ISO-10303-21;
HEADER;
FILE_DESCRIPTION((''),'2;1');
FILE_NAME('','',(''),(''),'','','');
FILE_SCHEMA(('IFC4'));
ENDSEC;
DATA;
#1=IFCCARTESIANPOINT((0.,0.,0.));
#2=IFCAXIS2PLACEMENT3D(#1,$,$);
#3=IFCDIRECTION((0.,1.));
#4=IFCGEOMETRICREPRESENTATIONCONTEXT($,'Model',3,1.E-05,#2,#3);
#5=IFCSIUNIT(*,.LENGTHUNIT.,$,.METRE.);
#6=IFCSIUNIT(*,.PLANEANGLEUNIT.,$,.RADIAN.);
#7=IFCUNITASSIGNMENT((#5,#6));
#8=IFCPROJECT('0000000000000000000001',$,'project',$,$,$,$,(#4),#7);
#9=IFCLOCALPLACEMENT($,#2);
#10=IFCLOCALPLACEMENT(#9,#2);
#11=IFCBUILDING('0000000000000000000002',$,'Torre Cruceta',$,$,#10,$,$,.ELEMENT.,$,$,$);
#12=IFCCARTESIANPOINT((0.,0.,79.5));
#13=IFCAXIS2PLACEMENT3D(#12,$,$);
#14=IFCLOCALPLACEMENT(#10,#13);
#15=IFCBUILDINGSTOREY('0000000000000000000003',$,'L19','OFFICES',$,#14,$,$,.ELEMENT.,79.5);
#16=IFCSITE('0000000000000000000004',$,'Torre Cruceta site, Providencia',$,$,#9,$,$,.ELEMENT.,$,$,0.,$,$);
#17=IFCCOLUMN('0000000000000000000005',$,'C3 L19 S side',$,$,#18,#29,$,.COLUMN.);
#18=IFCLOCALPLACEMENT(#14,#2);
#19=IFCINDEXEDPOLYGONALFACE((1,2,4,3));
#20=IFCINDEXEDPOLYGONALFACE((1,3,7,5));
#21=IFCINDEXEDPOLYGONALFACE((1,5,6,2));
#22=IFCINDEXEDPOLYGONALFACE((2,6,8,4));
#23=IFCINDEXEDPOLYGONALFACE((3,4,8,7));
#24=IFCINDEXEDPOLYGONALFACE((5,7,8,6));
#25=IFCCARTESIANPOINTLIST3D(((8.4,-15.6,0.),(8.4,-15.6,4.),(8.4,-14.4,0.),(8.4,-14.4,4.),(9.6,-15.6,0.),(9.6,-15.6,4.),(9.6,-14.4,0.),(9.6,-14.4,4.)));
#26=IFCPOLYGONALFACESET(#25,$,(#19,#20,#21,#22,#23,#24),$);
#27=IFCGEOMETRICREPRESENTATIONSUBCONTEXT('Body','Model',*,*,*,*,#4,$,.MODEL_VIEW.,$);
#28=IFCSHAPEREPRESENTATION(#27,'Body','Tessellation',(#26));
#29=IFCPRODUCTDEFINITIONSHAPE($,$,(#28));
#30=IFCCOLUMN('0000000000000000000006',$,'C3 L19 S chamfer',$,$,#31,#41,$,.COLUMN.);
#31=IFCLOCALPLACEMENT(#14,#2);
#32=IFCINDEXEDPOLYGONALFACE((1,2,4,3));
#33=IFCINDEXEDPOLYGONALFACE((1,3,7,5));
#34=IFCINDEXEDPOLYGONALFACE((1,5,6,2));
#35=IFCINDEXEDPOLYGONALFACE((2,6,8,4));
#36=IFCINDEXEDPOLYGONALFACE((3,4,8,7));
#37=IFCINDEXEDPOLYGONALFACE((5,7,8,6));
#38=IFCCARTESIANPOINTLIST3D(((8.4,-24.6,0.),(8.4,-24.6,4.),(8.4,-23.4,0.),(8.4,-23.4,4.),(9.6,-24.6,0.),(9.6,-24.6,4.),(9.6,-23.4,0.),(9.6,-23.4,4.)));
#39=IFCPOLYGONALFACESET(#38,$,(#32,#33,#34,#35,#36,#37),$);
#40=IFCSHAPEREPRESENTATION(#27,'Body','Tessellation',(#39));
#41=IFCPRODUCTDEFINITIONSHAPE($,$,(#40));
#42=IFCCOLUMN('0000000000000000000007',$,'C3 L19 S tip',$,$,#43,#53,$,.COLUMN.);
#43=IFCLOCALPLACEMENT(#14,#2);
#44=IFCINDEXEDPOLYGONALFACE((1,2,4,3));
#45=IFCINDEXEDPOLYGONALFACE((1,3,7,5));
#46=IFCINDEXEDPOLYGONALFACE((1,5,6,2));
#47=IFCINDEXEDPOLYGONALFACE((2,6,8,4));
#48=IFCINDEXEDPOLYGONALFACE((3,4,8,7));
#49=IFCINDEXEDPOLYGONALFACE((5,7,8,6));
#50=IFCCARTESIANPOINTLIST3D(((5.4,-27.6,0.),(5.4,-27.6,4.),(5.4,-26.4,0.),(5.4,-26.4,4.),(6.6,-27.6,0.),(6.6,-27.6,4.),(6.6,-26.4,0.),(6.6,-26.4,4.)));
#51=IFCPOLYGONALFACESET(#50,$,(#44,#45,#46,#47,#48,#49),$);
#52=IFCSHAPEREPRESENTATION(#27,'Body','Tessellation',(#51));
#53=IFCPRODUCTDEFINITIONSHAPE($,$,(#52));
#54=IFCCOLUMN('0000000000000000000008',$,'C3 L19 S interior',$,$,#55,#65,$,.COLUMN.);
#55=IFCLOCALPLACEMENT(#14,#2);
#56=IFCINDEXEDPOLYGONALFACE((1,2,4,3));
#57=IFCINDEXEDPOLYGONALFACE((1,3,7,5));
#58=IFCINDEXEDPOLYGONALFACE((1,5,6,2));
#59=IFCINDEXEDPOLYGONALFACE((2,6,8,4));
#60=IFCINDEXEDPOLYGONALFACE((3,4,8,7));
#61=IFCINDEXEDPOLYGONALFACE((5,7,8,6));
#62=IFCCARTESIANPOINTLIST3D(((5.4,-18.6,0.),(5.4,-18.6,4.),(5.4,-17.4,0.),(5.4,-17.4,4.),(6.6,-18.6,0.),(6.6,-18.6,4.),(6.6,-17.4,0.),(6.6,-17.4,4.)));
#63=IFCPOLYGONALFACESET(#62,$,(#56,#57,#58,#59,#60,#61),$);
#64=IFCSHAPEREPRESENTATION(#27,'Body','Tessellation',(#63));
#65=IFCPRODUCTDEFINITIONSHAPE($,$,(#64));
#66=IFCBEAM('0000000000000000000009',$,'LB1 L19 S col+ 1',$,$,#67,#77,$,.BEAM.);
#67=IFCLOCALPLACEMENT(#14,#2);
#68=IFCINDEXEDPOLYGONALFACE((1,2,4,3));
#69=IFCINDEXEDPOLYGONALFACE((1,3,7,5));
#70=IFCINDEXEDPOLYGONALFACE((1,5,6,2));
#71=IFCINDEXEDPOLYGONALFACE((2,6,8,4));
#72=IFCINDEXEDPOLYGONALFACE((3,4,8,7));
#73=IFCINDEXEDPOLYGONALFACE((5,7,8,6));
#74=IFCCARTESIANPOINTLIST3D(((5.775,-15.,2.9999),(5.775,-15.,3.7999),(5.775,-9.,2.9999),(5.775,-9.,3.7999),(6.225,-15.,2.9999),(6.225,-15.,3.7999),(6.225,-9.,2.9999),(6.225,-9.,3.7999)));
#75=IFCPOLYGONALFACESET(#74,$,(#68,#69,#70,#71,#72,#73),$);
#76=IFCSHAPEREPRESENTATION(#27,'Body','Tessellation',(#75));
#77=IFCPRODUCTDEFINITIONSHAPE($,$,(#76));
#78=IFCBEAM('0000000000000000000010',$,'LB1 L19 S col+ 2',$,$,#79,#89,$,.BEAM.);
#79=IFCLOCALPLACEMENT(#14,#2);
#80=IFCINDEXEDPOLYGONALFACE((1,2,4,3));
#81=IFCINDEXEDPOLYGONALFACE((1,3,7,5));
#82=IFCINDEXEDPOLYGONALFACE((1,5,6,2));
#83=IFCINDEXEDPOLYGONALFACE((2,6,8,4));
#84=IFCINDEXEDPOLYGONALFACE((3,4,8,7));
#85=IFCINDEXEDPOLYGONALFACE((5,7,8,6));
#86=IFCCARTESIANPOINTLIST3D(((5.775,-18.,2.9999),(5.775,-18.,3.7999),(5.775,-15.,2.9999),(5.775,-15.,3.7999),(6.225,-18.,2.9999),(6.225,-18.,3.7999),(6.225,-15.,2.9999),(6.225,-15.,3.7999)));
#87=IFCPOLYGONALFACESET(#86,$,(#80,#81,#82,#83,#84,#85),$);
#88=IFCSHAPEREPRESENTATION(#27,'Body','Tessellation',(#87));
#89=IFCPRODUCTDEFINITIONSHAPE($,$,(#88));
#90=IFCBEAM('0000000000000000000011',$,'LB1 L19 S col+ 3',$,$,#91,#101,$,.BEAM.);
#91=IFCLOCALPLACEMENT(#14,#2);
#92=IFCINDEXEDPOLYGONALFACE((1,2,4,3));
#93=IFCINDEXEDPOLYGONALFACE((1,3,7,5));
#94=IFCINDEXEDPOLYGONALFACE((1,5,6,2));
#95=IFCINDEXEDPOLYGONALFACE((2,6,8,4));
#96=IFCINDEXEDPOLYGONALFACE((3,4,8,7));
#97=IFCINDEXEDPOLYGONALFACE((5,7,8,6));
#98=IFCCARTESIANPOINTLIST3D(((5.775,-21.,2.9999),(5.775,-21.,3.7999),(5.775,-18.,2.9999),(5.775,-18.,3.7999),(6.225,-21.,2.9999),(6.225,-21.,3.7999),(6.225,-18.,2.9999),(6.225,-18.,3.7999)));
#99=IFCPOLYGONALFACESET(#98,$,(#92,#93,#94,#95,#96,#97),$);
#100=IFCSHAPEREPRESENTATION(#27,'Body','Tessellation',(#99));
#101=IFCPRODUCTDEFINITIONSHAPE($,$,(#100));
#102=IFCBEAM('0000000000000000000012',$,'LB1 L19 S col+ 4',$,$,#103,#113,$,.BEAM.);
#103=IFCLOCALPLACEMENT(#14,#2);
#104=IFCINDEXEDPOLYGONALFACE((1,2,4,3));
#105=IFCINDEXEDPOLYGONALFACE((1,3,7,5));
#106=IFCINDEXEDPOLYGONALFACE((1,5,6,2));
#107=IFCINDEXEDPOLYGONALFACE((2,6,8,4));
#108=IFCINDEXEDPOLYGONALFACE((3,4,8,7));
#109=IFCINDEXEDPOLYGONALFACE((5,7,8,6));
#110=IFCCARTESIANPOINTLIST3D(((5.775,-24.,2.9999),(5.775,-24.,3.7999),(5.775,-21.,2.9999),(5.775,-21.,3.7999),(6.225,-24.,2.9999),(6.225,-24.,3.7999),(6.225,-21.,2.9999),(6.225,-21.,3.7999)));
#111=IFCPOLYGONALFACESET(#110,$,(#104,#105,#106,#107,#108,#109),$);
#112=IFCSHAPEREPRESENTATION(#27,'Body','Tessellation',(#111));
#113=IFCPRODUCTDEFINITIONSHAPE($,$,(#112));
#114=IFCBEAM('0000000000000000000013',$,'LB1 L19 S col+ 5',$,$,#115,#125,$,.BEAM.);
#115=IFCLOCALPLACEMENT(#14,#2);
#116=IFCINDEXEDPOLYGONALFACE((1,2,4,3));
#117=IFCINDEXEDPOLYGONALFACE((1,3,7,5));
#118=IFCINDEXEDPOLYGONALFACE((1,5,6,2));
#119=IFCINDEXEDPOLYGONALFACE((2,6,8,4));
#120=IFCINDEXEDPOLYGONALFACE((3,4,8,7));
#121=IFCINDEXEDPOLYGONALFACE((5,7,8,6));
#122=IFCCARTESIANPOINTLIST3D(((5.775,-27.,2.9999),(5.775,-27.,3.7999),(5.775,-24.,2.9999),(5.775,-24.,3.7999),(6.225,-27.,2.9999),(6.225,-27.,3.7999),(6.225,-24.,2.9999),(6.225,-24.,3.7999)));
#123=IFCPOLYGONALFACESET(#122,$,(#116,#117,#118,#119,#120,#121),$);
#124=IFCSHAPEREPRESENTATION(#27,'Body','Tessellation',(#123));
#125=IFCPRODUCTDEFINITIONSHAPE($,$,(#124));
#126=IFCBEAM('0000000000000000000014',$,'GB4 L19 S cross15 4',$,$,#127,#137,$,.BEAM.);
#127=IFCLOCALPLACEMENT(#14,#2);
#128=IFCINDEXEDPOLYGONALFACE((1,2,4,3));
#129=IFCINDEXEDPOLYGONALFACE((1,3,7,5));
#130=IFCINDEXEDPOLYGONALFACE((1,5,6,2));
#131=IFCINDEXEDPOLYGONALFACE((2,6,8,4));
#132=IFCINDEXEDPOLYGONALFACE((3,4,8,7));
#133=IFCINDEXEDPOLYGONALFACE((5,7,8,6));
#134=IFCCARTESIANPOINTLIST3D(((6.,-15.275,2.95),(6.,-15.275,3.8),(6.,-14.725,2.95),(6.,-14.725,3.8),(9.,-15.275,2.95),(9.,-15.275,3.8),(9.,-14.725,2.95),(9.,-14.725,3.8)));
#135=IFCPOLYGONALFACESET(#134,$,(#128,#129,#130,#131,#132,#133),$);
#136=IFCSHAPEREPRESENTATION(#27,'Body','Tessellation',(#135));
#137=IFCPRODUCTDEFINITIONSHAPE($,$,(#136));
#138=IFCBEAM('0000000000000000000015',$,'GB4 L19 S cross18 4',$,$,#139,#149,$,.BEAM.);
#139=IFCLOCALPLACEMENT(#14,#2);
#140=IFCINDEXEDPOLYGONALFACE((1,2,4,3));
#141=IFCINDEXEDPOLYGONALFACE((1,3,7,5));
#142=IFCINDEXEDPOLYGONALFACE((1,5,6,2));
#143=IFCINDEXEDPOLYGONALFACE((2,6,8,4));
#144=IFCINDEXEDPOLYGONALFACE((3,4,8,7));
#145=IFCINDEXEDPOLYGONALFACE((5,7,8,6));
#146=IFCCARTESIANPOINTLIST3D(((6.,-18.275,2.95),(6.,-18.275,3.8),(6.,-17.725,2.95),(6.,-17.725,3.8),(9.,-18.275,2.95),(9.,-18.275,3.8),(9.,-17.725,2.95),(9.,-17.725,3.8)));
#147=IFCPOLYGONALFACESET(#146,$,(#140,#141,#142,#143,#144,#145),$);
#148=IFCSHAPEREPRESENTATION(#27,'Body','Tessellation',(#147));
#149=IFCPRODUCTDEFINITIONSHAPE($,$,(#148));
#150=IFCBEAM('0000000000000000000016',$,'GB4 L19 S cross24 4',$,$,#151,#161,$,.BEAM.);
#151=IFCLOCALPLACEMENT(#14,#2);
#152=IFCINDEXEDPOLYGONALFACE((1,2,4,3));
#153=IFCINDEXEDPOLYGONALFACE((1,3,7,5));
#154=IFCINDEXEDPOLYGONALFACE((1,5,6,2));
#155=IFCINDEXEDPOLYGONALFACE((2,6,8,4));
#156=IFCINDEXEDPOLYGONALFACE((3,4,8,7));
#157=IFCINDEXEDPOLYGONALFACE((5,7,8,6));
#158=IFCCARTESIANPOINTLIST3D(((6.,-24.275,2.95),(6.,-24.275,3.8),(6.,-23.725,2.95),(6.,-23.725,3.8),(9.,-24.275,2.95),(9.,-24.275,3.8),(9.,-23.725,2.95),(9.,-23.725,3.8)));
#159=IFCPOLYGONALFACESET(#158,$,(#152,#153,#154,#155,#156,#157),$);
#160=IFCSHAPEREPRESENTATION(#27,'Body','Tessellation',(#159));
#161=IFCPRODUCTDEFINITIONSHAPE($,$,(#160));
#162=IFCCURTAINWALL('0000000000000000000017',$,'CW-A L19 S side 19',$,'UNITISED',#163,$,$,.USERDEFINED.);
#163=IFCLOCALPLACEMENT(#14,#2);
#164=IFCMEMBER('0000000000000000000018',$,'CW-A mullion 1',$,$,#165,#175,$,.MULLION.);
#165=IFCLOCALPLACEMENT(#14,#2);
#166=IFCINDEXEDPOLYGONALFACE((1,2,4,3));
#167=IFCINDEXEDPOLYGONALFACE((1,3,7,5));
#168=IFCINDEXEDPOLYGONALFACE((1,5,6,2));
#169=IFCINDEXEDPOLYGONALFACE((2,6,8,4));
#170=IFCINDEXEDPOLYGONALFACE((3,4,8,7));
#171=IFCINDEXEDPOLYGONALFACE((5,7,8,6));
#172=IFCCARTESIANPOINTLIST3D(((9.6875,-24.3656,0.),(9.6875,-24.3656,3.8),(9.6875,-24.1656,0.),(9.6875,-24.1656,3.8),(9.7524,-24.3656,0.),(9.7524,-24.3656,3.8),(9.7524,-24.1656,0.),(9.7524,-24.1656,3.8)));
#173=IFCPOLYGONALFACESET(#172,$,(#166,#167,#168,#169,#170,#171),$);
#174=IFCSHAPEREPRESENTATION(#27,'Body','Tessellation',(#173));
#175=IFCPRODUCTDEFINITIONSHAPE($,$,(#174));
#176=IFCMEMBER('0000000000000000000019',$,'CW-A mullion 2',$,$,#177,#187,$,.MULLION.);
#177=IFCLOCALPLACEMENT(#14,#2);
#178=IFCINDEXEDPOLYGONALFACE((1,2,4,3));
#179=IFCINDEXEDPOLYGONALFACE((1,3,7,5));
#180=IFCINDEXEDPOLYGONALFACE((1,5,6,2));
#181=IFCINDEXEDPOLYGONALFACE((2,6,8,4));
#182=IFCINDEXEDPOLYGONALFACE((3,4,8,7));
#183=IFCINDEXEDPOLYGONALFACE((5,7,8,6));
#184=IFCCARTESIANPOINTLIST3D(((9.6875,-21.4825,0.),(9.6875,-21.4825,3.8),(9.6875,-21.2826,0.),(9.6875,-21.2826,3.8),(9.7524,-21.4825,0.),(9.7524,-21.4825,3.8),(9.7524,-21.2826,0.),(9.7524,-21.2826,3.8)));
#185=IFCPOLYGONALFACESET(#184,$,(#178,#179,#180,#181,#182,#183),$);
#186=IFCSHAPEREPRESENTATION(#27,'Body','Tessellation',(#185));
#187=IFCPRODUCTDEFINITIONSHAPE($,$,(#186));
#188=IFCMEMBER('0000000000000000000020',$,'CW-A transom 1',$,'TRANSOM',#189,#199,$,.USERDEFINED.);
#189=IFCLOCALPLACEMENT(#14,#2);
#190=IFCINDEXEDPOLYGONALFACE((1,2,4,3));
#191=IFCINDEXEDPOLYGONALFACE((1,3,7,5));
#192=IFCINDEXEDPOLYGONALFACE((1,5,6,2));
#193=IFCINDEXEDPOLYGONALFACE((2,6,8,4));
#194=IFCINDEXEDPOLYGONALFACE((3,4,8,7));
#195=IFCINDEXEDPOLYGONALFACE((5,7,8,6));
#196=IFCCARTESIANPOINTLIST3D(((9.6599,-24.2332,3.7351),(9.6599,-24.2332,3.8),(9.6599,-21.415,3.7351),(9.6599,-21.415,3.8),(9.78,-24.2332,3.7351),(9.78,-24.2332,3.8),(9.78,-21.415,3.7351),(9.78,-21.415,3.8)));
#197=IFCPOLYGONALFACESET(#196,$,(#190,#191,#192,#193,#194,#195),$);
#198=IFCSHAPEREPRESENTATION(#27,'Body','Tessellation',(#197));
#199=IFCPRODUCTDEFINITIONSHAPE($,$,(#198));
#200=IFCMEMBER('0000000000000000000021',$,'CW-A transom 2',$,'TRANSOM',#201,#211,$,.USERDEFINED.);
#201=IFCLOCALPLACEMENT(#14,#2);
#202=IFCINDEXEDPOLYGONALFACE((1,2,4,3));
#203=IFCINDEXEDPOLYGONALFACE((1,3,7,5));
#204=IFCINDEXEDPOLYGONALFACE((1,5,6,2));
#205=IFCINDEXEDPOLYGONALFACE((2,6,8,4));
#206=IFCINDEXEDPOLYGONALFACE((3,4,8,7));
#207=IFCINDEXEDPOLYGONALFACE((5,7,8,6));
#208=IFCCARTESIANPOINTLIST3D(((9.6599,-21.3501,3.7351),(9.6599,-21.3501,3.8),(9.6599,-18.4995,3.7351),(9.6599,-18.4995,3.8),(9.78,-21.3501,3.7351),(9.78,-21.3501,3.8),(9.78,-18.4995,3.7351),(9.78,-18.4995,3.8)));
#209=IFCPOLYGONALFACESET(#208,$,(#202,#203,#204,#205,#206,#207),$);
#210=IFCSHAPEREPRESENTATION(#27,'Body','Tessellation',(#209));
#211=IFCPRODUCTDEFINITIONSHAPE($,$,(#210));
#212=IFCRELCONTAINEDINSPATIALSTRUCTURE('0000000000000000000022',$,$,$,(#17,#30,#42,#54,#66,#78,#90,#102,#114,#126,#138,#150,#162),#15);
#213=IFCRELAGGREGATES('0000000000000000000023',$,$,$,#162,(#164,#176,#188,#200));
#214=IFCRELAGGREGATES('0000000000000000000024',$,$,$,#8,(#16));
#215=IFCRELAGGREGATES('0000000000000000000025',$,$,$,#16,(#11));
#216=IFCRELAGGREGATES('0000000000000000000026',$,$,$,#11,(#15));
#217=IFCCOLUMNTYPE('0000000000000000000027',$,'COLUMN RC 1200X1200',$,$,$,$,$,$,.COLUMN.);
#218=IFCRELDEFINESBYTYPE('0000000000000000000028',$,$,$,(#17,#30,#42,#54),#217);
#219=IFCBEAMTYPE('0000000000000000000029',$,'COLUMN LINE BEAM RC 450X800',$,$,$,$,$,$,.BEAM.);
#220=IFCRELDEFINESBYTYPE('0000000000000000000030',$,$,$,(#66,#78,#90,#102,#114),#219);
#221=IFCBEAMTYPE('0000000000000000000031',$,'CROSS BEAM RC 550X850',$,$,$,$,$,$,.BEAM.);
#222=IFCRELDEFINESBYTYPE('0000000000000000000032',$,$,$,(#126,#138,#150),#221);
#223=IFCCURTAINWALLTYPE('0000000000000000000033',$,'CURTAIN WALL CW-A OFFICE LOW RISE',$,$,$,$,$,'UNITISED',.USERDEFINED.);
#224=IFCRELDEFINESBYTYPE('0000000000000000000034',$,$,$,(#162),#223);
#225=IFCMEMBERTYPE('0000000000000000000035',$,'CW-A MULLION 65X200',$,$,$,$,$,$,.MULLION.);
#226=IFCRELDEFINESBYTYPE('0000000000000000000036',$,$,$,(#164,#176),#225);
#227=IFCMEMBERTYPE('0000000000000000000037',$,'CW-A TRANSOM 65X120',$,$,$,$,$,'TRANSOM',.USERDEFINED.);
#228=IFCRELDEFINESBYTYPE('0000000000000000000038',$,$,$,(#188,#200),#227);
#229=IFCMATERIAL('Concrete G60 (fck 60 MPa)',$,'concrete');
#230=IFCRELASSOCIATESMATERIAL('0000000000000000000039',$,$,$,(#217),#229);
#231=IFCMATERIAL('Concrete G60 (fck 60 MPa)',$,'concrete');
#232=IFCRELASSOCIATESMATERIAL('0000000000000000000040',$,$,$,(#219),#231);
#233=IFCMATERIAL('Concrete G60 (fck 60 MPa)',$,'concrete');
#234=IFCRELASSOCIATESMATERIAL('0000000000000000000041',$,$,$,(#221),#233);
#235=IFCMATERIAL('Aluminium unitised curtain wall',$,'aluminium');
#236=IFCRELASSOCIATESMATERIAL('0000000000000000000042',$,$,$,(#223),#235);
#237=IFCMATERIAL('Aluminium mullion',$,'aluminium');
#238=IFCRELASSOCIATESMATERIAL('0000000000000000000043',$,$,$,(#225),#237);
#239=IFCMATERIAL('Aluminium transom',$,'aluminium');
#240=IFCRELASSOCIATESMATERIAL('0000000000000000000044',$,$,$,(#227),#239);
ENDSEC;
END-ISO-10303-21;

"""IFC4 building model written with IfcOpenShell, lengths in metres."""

from ifc_helpers import new_model, si_unit, direction, frame, origin, origin_2d, place, context, subcontext, project, spatial, rectangle, extrude, material, material_profile, profile_set, type_object, element, aggregate, save


model = new_model("IFC4")

# Units and contexts
model_context = context("Model", 3, precision=1e-05, world=origin(), true_north=direction((0.0, 1.0)))
body_context = subcontext(model_context, "Body", "Model", "MODEL_VIEW")
ifc_project = project(units=[si_unit("LENGTHUNIT", "METRE"), si_unit("PLANEANGLEUNIT", "RADIAN")], contexts=[model_context])

# Site, building, storey
site_placement = place(None, origin())
site = spatial("IfcSite", under=ifc_project, at=site_placement, Name="Torre Cruceta site, Providencia", CompositionType="ELEMENT", RefElevation=0.0)
building_placement = place(site_placement, origin())
building = spatial("IfcBuilding", under=site, at=building_placement, Name="Torre Cruceta", CompositionType="ELEMENT")
storey_placement = place(building_placement, frame((0.0, 0.0, 79.5)))
storey = spatial("IfcBuildingStorey", under=building, at=storey_placement, Name="L19", Description="OFFICES", CompositionType="ELEMENT", Elevation=79.5)

# Columns
ifc_material_1 = material(Name="Concrete G60 (fck 60 MPa)", Category="concrete")
ifc_material_profile_1 = material_profile(ifc_material_1, rectangle(XDim=1.2, YDim=1.2, at=origin_2d()), Name="RC 1200X1200")
ifc_profile_set_1 = profile_set([ifc_material_profile_1], Name="Concrete G60 (fck 60 MPa)")
column_type = type_object("IfcColumnType", Name="COLUMN RC 1200X1200", PredefinedType="COLUMN", material=ifc_profile_set_1)
for number, where, z_axis, x_axis, name in (
    (1, (9.0, -15.0, 0.0), (0.0, 0.0, 1.0), (1.0, 0.0, 0.0), "C3 L19 S side"),
    (2, (9.0, -24.0, 0.0), (0.0, 0.0, 1.0), (1.0, 0.0, 0.0), "C3 L19 S chamfer"),
    (3, (6.0, -27.0, 0.0), (0.0, 0.0, 1.0), (1.0, 0.0, 0.0), "C3 L19 S tip"),
    (4, (6.0, -18.0, 0.0), (0.0, 0.0, 1.0), (1.0, 0.0, 0.0), "C3 L19 S interior"),
):
    element("IfcColumn", number, at=place(storey_placement, frame(where, z_axis=z_axis, x_axis=x_axis)), inside=storey, type_object=column_type, Name=name, PredefinedType="COLUMN", context=body_context, shape_type="SweptSolid", body=[
        extrude(rectangle(XDim=1.2, YDim=1.2, at=origin_2d()), origin(), (0.0, 0.0, 1.0), 4.0),
    ])

# Beams
ifc_material_2 = material(Name="Concrete G60 (fck 60 MPa)", Category="concrete")
ifc_material_profile_2 = material_profile(ifc_material_2, rectangle(XDim=0.45, YDim=0.8, at=origin_2d()), Name="RC 450X800")
ifc_profile_set_2 = profile_set([ifc_material_profile_2], Name="Concrete G60 (fck 60 MPa)")
beam_type_1 = type_object("IfcBeamType", Name="COLUMN LINE BEAM RC 450X800", PredefinedType="BEAM", material=ifc_profile_set_2)
beam_1_placement = place(storey_placement, frame((6.0, -9.0, 3.3999), z_axis=(0.0, -1.0, 0.0), x_axis=(1.0, 0.0, 0.0)))
element("IfcBeam", 5, at=beam_1_placement, inside=storey, type_object=beam_type_1, Name="LB1 L19 S col+ 1", PredefinedType="BEAM", context=body_context, shape_type="SweptSolid", body=[
    extrude(rectangle(XDim=0.45, YDim=0.8, at=origin_2d()), origin(), (0.0, 0.0, 1.0), 6.0),
])
for number, where, z_axis, x_axis, name in (
    (6, (6.0, -15.0, 3.3999), (0.0, -1.0, 0.0), (1.0, 0.0, 0.0), "LB1 L19 S col+ 2"),
    (7, (6.0, -18.0, 3.3999), (0.0, -1.0, 0.0), (1.0, 0.0, 0.0), "LB1 L19 S col+ 3"),
    (8, (6.0, -21.0, 3.3999), (0.0, -1.0, 0.0), (1.0, 0.0, 0.0), "LB1 L19 S col+ 4"),
    (9, (6.0, -24.0, 3.3999), (0.0, -1.0, 0.0), (1.0, 0.0, 0.0), "LB1 L19 S col+ 5"),
):
    element("IfcBeam", number, at=place(storey_placement, frame(where, z_axis=z_axis, x_axis=x_axis)), inside=storey, type_object=beam_type_1, Name=name, PredefinedType="BEAM", context=body_context, shape_type="SweptSolid", body=[
        extrude(rectangle(XDim=0.45, YDim=0.8, at=origin_2d()), origin(), (0.0, 0.0, 1.0), 3.0),
    ])
ifc_material_3 = material(Name="Concrete G60 (fck 60 MPa)", Category="concrete")
ifc_material_profile_3 = material_profile(ifc_material_3, rectangle(XDim=0.55, YDim=0.8501, at=origin_2d()), Name="RC 550X850")
ifc_profile_set_3 = profile_set([ifc_material_profile_3], Name="Concrete G60 (fck 60 MPa)")
beam_type_2 = type_object("IfcBeamType", Name="CROSS BEAM RC 550X850", PredefinedType="BEAM", material=ifc_profile_set_3)
for number, where, z_axis, x_axis, name in (
    (10, (6.0, -15.0, 3.375), (1.0, 0.0, 0.0), (0.0, 1.0, 0.0), "GB4 L19 S cross15 4"),
    (11, (6.0, -18.0, 3.375), (1.0, 0.0, 0.0), (0.0, 1.0, 0.0), "GB4 L19 S cross18 4"),
    (12, (6.0, -24.0, 3.375), (1.0, 0.0, 0.0), (0.0, 1.0, 0.0), "GB4 L19 S cross24 4"),
):
    element("IfcBeam", number, at=place(storey_placement, frame(where, z_axis=z_axis, x_axis=x_axis)), inside=storey, type_object=beam_type_2, Name=name, PredefinedType="BEAM", context=body_context, shape_type="SweptSolid", body=[
        extrude(rectangle(XDim=0.55, YDim=0.8501, at=origin_2d()), origin(), (0.0, 0.0, 1.0), 3.0),
    ])

# Curtain wall, members
ifc_material_4 = material(Name="Aluminium unitised curtain wall", Category="aluminium")
curtain_wall_type = type_object("IfcCurtainWallType", Name="CURTAIN WALL CW-A OFFICE LOW RISE", ElementType="UNITISED", PredefinedType="USERDEFINED", material=ifc_material_4)
curtain_wall_placement = place(storey_placement, origin())
curtain_wall = element("IfcCurtainWall", 13, at=curtain_wall_placement, inside=storey, type_object=curtain_wall_type, Name="CW-A L19 S side 19", ObjectType="UNITISED", PredefinedType="USERDEFINED")
ifc_material_5 = material(Name="Aluminium mullion", Category="aluminium")
ifc_material_profile_4 = material_profile(ifc_material_5, rectangle(XDim=0.0649, YDim=0.2, at=origin_2d()), Name="AL 65X200")
ifc_profile_set_4 = profile_set([ifc_material_profile_4], Name="Aluminium mullion")
member_type_1 = type_object("IfcMemberType", Name="CW-A MULLION 65X200", PredefinedType="MULLION", material=ifc_profile_set_4)
member_1_placement = place(storey_placement, frame((9.72, -24.2656, 0.0), z_axis=(0.0, 0.0, 1.0), x_axis=(-1.0, 0.0, 0.0)))
member_1 = element("IfcMember", 14, at=member_1_placement, type_object=member_type_1, Name="CW-A mullion 1", PredefinedType="MULLION", context=body_context, shape_type="SweptSolid", body=[
    extrude(rectangle(XDim=0.0649, YDim=0.2, at=origin_2d()), origin(), (0.0, 0.0, 1.0), 3.8),
])
member_2_placement = place(storey_placement, frame((9.72, -21.3826, 0.0), z_axis=(0.0, 0.0, 1.0), x_axis=(-1.0, 0.0, 0.0)))
member_2 = element("IfcMember", 15, at=member_2_placement, type_object=member_type_1, Name="CW-A mullion 2", PredefinedType="MULLION", context=body_context, shape_type="SweptSolid", body=[
    extrude(rectangle(XDim=0.0649, YDim=0.2, at=origin_2d()), origin(), (0.0, 0.0, 1.0), 3.8),
])
ifc_material_6 = material(Name="Aluminium transom", Category="aluminium")
ifc_material_profile_5 = material_profile(ifc_material_6, rectangle(XDim=0.1201, YDim=0.0649, at=origin_2d()), Name="AL 120X65")
ifc_profile_set_5 = profile_set([ifc_material_profile_5], Name="Aluminium transom")
member_type_2 = type_object("IfcMemberType", Name="CW-A TRANSOM 65X120", ElementType="TRANSOM", PredefinedType="USERDEFINED", material=ifc_profile_set_5)
member_3_placement = place(storey_placement, frame((9.72, -24.2332, 3.7676), z_axis=(0.0, 1.0, 0.0), x_axis=(-1.0, 0.0, 0.0)))
member_3 = element("IfcMember", 16, at=member_3_placement, type_object=member_type_2, Name="CW-A transom 1", ObjectType="TRANSOM", PredefinedType="USERDEFINED", context=body_context, shape_type="SweptSolid", body=[
    extrude(rectangle(XDim=0.1201, YDim=0.0649, at=origin_2d()), origin(), (0.0, 0.0, 1.0), 2.8181),
])
member_4_placement = place(storey_placement, frame((9.72, -21.3501, 3.7676), z_axis=(0.0, 1.0, 0.0), x_axis=(-1.0, 0.0, 0.0)))
member_4 = element("IfcMember", 17, at=member_4_placement, type_object=member_type_2, Name="CW-A transom 2", ObjectType="TRANSOM", PredefinedType="USERDEFINED", context=body_context, shape_type="SweptSolid", body=[
    extrude(rectangle(XDim=0.1201, YDim=0.0649, at=origin_2d()), origin(), (0.0, 0.0, 1.0), 2.8506),
])

aggregate(curtain_wall, [member_1, member_2, member_3, member_4])

save(model, "model.ifc")
